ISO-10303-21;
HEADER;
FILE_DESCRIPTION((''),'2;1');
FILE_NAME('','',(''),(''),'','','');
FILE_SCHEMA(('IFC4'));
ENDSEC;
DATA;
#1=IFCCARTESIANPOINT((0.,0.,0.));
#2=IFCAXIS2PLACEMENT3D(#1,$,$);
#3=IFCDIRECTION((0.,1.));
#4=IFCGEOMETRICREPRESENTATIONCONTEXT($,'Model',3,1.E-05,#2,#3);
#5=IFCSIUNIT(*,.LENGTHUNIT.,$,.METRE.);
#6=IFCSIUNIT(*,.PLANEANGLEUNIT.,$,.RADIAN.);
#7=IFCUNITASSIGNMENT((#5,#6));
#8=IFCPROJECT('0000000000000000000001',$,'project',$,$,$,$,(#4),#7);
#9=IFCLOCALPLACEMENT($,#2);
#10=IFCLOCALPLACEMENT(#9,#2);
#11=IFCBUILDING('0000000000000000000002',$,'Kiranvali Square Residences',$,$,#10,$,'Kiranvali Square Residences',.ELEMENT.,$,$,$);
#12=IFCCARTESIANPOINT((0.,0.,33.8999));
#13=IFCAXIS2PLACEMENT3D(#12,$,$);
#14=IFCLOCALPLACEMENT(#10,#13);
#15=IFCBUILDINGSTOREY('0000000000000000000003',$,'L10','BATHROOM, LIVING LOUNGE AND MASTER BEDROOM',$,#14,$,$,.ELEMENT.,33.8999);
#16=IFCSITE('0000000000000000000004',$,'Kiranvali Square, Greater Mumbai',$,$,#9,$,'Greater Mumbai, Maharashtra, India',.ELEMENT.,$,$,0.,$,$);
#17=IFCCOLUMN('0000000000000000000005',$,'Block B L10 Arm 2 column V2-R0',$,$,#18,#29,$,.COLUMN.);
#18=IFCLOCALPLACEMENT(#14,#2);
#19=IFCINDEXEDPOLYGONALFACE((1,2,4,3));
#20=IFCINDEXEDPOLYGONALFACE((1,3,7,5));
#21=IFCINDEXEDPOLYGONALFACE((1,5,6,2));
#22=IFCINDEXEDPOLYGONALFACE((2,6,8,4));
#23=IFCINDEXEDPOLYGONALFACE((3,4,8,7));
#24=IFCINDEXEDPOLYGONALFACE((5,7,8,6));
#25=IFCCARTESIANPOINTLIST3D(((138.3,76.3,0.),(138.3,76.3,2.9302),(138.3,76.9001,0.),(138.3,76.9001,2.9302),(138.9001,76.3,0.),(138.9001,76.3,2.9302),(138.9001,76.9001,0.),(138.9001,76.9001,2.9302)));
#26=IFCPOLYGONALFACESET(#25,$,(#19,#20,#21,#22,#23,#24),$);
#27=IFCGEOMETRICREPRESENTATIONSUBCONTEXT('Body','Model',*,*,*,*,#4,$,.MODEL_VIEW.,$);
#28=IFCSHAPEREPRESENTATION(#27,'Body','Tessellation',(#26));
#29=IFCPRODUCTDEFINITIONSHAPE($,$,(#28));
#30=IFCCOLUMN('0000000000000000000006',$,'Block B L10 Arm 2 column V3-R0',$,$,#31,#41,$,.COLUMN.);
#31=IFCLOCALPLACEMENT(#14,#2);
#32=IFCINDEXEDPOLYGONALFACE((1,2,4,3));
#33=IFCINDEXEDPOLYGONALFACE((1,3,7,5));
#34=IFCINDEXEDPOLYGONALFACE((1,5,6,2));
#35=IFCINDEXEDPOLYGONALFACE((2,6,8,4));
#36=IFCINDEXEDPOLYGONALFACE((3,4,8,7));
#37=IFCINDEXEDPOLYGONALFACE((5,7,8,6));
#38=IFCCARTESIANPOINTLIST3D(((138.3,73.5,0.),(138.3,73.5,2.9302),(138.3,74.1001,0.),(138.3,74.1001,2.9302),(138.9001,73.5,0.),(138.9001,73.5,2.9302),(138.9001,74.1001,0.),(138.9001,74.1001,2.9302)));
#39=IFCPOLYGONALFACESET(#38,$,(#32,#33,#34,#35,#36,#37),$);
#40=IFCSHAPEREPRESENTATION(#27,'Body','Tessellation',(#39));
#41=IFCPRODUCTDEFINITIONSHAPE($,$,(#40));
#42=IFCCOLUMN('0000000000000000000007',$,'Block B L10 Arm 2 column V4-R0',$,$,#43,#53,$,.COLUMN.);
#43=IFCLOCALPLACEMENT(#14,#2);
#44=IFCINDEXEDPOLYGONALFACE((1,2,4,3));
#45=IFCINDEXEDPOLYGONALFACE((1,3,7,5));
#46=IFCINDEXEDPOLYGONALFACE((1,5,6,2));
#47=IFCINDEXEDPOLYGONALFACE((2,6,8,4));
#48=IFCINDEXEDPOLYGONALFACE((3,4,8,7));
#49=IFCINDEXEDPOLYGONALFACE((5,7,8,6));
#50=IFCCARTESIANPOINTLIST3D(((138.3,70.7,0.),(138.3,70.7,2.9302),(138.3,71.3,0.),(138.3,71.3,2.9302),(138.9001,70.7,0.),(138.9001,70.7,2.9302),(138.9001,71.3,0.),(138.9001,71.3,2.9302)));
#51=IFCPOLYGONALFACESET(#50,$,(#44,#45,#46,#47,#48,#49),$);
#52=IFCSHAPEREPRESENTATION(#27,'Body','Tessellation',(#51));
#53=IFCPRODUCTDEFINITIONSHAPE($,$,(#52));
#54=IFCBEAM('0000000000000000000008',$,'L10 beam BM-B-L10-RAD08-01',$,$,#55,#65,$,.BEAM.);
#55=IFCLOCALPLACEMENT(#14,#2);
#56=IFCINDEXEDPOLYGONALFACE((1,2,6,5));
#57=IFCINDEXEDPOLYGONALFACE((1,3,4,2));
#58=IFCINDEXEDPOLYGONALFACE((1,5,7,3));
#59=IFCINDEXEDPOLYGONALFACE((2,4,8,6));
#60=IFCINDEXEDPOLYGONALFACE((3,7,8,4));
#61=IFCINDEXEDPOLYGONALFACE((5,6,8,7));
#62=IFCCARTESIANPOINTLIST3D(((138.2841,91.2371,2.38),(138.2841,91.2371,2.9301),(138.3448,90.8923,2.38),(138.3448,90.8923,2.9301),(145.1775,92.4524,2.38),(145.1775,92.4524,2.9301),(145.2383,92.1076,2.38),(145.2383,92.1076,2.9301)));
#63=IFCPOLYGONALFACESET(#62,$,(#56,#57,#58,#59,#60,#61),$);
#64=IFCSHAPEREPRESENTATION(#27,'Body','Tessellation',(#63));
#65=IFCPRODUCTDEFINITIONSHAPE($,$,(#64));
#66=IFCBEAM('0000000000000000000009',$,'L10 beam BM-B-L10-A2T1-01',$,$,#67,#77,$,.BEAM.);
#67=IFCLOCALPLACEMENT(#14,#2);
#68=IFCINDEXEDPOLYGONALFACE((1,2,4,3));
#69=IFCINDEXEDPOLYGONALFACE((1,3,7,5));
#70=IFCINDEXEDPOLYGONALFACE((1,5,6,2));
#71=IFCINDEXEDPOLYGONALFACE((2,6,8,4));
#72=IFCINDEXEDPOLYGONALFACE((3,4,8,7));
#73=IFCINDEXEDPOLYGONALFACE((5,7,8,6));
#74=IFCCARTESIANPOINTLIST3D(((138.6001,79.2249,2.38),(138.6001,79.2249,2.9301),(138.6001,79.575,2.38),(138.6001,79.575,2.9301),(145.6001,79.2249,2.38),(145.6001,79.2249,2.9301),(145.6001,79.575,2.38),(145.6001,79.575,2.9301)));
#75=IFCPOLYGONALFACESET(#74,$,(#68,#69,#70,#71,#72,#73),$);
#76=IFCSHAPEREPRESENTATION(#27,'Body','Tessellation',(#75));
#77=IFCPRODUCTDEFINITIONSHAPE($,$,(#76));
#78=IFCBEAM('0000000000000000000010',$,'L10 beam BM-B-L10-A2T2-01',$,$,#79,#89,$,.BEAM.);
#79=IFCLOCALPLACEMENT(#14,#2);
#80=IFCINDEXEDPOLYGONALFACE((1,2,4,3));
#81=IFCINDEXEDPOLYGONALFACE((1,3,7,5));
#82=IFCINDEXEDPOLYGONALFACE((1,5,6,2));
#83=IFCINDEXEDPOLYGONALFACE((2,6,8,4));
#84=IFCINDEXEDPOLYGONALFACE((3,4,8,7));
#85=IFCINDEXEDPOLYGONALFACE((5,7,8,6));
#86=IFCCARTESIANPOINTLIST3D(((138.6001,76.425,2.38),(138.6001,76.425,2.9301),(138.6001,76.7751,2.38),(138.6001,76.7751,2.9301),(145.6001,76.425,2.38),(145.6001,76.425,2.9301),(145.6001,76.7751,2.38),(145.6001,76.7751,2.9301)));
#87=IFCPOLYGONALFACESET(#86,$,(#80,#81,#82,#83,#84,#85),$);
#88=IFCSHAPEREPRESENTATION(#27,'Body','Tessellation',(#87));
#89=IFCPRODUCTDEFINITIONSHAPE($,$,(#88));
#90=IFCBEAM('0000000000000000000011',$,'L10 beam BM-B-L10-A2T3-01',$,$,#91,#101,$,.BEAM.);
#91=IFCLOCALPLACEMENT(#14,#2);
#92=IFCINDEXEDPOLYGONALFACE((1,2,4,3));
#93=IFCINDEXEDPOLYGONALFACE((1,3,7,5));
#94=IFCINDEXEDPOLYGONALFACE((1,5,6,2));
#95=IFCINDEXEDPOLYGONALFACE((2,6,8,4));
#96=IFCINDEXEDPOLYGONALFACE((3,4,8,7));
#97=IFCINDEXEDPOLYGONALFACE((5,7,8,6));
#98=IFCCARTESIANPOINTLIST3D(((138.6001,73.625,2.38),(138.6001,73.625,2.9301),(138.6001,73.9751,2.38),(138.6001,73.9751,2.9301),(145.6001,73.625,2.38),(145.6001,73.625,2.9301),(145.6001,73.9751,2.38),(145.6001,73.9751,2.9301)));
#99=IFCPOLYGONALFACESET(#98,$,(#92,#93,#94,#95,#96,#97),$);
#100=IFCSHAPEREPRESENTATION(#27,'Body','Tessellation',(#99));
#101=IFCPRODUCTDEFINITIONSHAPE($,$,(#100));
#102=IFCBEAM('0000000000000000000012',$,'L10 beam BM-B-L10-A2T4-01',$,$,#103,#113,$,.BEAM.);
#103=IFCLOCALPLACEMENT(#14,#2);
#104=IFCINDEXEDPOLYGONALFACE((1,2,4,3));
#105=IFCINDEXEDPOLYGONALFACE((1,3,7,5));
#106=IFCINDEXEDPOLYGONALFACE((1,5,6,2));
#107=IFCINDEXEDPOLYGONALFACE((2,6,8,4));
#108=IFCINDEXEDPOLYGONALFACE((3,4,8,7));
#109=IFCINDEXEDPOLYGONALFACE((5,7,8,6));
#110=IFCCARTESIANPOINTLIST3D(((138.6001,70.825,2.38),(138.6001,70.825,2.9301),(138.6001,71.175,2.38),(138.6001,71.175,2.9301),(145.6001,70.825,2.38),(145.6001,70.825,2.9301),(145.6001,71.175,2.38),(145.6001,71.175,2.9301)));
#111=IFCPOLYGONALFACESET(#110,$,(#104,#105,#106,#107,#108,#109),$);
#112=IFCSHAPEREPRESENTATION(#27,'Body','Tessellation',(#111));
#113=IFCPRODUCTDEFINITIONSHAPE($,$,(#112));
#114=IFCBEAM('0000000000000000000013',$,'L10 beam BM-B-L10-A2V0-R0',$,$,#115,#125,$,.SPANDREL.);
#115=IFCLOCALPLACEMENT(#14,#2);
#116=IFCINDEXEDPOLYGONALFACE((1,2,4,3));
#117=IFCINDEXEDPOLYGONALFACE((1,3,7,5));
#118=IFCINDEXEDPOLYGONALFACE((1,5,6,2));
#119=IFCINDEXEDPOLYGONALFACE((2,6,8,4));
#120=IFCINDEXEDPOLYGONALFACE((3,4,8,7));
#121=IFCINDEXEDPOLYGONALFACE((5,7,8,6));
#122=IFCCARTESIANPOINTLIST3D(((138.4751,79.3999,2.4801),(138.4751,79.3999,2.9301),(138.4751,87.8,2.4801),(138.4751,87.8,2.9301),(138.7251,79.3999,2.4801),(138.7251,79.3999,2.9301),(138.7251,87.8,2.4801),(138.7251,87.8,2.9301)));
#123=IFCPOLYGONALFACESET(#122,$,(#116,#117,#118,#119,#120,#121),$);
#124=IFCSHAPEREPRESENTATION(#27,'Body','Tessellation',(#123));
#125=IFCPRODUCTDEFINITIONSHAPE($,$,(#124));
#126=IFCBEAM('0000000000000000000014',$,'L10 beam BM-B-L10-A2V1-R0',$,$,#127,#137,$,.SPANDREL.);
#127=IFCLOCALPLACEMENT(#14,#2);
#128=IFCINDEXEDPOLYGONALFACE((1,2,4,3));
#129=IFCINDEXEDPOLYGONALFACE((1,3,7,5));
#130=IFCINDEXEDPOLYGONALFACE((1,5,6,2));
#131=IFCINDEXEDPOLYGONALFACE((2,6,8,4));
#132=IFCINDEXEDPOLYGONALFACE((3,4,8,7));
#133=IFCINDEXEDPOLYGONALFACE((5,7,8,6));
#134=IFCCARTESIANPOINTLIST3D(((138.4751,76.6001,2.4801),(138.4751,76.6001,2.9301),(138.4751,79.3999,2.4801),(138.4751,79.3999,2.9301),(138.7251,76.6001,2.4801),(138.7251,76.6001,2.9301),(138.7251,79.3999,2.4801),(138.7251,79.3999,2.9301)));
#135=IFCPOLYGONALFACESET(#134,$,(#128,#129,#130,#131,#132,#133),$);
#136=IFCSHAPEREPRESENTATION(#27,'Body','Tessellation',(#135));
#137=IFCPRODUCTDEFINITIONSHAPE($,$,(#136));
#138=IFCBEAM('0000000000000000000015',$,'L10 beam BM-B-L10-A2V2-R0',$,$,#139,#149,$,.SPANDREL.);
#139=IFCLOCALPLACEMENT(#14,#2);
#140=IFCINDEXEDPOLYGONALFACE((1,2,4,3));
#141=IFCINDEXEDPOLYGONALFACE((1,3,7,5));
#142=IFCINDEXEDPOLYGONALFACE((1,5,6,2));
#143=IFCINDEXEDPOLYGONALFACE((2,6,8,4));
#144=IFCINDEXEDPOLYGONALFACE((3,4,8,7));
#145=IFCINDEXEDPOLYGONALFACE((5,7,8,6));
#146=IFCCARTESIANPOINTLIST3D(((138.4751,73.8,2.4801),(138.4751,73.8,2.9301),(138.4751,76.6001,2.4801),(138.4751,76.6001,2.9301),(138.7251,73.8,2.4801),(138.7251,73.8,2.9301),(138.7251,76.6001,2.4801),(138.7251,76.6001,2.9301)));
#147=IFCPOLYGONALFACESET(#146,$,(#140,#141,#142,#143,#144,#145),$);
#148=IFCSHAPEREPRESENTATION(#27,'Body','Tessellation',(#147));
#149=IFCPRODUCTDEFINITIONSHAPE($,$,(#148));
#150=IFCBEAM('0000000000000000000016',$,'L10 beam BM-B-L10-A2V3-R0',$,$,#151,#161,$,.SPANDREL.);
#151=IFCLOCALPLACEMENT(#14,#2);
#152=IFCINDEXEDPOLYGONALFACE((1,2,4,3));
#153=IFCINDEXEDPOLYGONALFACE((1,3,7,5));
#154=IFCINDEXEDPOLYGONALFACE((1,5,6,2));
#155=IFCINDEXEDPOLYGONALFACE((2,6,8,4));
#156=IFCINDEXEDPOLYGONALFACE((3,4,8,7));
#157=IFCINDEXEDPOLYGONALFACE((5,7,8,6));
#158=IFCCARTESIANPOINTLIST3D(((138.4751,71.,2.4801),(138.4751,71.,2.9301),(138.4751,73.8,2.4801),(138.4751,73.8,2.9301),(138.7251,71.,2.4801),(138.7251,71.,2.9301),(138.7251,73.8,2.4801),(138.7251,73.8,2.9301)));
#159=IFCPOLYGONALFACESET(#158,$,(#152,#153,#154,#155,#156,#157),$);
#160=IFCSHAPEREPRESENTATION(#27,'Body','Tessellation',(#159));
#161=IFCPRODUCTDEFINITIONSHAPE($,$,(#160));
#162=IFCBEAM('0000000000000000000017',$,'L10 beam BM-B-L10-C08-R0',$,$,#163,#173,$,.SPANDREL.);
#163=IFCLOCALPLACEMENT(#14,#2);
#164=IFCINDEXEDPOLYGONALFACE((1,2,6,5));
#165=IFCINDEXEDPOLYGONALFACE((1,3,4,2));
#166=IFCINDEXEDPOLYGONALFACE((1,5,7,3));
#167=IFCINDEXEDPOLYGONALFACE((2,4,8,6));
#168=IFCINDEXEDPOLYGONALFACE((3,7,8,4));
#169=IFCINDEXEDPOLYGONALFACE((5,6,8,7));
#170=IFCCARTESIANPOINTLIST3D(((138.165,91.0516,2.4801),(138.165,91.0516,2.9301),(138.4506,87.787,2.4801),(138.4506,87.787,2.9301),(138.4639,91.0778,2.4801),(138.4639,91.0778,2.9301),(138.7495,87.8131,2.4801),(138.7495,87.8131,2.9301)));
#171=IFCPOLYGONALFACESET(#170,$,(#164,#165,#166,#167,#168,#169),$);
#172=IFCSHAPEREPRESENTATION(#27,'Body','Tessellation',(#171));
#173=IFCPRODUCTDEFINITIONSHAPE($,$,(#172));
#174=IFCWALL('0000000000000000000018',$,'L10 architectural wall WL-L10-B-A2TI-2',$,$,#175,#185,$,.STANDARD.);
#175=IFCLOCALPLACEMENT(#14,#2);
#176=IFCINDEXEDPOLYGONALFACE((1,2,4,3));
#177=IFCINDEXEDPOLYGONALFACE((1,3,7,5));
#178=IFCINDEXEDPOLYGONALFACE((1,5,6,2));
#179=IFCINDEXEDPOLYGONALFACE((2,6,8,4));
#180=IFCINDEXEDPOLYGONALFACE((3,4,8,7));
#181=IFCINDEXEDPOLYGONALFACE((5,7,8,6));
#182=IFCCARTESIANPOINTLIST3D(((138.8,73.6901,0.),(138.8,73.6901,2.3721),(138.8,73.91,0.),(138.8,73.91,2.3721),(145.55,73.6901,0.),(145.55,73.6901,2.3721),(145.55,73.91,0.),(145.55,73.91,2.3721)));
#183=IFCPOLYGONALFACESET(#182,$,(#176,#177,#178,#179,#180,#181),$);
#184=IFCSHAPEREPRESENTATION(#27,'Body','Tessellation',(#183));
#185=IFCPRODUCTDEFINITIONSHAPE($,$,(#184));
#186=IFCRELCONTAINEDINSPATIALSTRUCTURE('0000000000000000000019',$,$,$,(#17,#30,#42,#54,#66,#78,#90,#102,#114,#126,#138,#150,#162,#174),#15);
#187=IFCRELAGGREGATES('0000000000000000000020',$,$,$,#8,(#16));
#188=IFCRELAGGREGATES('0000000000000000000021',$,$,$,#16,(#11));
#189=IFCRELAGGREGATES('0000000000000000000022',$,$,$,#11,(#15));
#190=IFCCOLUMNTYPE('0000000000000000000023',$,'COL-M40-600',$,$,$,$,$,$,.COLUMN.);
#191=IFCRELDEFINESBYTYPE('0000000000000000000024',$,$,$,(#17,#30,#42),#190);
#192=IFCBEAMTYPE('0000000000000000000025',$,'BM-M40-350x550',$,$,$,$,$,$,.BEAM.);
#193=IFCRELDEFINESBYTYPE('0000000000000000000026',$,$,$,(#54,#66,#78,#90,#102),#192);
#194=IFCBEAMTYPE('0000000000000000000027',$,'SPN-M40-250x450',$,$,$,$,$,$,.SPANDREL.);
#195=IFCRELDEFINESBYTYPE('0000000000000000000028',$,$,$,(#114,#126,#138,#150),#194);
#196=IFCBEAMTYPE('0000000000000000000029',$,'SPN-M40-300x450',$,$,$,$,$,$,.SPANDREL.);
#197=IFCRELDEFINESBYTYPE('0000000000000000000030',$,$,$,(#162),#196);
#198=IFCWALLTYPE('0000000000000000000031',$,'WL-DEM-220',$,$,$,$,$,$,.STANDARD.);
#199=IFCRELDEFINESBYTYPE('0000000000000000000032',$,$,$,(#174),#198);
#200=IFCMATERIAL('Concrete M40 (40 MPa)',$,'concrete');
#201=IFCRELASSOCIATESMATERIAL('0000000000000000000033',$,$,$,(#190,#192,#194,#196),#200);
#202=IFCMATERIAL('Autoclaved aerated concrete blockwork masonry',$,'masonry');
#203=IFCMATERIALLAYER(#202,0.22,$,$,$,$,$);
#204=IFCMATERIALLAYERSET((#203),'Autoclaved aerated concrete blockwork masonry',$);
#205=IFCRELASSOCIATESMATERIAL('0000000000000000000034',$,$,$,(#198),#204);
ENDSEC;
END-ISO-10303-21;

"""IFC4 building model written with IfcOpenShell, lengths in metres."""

from ifc_helpers import new_model, si_unit, direction, frame, frame_2d, origin, origin_2d, place, context, subcontext, project, spatial, rectangle, extrude, material, layer, layer_set, material_profile, profile_set, type_object, element, save


model = new_model("IFC4")

# Units and contexts
model_context = context("Model", 3, precision=1e-05, world=origin(), true_north=direction((0.0, 1.0)))
body_context = subcontext(model_context, "Body", "Model", "MODEL_VIEW")
ifc_project = project(units=[si_unit("LENGTHUNIT", "METRE"), si_unit("PLANEANGLEUNIT", "RADIAN")], contexts=[model_context])

# Site, building, storey
site_placement = place(None, origin())
site = spatial("IfcSite", under=ifc_project, at=site_placement, Name="Kiranvali Square, Greater Mumbai", LongName="Greater Mumbai, Maharashtra, India", CompositionType="ELEMENT", RefElevation=0.0)
building_placement = place(site_placement, origin())
building = spatial("IfcBuilding", under=site, at=building_placement, Name="Kiranvali Square Residences", LongName="Kiranvali Square Residences", CompositionType="ELEMENT")
storey_placement = place(building_placement, frame((0.0, 0.0, 33.8999)))
storey = spatial("IfcBuildingStorey", under=building, at=storey_placement, Name="L10", Description="BATHROOM, LIVING LOUNGE AND MASTER BEDROOM", CompositionType="ELEMENT", Elevation=33.8999)

# Columns
ifc_material_1 = material(Name="Concrete M40 (40 MPa)", Category="concrete")
ifc_material_profile_1 = material_profile(ifc_material_1, rectangle(XDim=0.6001, YDim=0.6001, at=origin_2d()), Name="RC 600x600")
ifc_profile_set_1 = profile_set([ifc_material_profile_1], Name="Concrete M40 (40 MPa)")
column_type = type_object("IfcColumnType", Name="COL-M40-600", PredefinedType="COLUMN", material=ifc_profile_set_1)
for number, where, z_axis, x_axis, name in (
    (1, (138.6001, 76.6001, 0.0), (0.0, 0.0, 1.0), (1.0, 0.0, 0.0), "Block B L10 Arm 2 column V2-R0"),
    (2, (138.6001, 73.8, 0.0), (0.0, 0.0, 1.0), (1.0, 0.0, 0.0), "Block B L10 Arm 2 column V3-R0"),
    (3, (138.6001, 71.0, 0.0), (0.0, 0.0, 1.0), (1.0, 0.0, 0.0), "Block B L10 Arm 2 column V4-R0"),
):
    element("IfcColumn", number, at=place(storey_placement, frame(where, z_axis=z_axis, x_axis=x_axis)), inside=storey, type_object=column_type, Name=name, PredefinedType="COLUMN", context=body_context, shape_type="SweptSolid", body=[
        extrude(rectangle(XDim=0.6001, YDim=0.6001, at=origin_2d()), origin(), (0.0, 0.0, 1.0), 2.9302),
    ])

# Beams
ifc_material_profile_2 = material_profile(ifc_material_1, rectangle(XDim=0.3501, YDim=0.55, at=origin_2d()), Name="RC 350x550")
ifc_profile_set_2 = profile_set([ifc_material_profile_2], Name="Concrete M40 (40 MPa)")
beam_type_1 = type_object("IfcBeamType", Name="BM-M40-350x550", PredefinedType="BEAM", material=ifc_profile_set_2)
beam_1_placement = place(storey_placement, frame((138.3145, 91.0647, 2.655), z_axis=(0.984812, 0.173622, 0.0), x_axis=(-0.173622, 0.984812, 0.0)))
element("IfcBeam", 4, at=beam_1_placement, inside=storey, type_object=beam_type_1, Name="L10 beam BM-B-L10-RAD08-01", PredefinedType="BEAM", context=body_context, shape_type="SweptSolid", body=[
    extrude(rectangle(XDim=0.3501, YDim=0.55, at=origin_2d()), origin(), (0.0, 0.0, 1.0), 6.9998),
])
for number, where, z_axis, x_axis, name in (
    (5, (138.6001, 79.3999, 2.655), (1.0, 0.0, 0.0), (0.0, 1.0, 0.0), "L10 beam BM-B-L10-A2T1-01"),
    (6, (138.6001, 76.6001, 2.655), (1.0, 0.0, 0.0), (0.0, 1.0, 0.0), "L10 beam BM-B-L10-A2T2-01"),
    (7, (138.6001, 73.8, 2.655), (1.0, 0.0, 0.0), (0.0, 1.0, 0.0), "L10 beam BM-B-L10-A2T3-01"),
    (8, (138.6001, 71.0, 2.655), (1.0, 0.0, 0.0), (0.0, 1.0, 0.0), "L10 beam BM-B-L10-A2T4-01"),
):
    element("IfcBeam", number, at=place(storey_placement, frame(where, z_axis=z_axis, x_axis=x_axis)), inside=storey, type_object=beam_type_1, Name=name, PredefinedType="BEAM", context=body_context, shape_type="SweptSolid", body=[
        extrude(rectangle(XDim=0.3501, YDim=0.55, at=origin_2d()), origin(), (0.0, 0.0, 1.0), 7.0),
    ])
ifc_material_profile_3 = material_profile(ifc_material_1, rectangle(XDim=0.25, YDim=0.45, at=origin_2d()), Name="RC 250x450")
ifc_profile_set_3 = profile_set([ifc_material_profile_3], Name="Concrete M40 (40 MPa)")
beam_type_2 = type_object("IfcBeamType", Name="SPN-M40-250x450", PredefinedType="SPANDREL", material=ifc_profile_set_3)
beam_2_placement = place(storey_placement, frame((138.6001, 87.8, 2.7051), z_axis=(0.0, -1.0, 0.0), x_axis=(1.0, 0.0, 0.0)))
element("IfcBeam", 9, at=beam_2_placement, inside=storey, type_object=beam_type_2, Name="L10 beam BM-B-L10-A2V0-R0", PredefinedType="SPANDREL", context=body_context, shape_type="SweptSolid", body=[
    extrude(rectangle(XDim=0.25, YDim=0.45, at=origin_2d()), origin(), (0.0, 0.0, 1.0), 8.4001),
])
beam_3_placement = place(storey_placement, frame((138.6001, 79.3999, 2.7051), z_axis=(0.0, -1.0, 0.0), x_axis=(1.0, 0.0, 0.0)))
element("IfcBeam", 10, at=beam_3_placement, inside=storey, type_object=beam_type_2, Name="L10 beam BM-B-L10-A2V1-R0", PredefinedType="SPANDREL", context=body_context, shape_type="SweptSolid", body=[
    extrude(rectangle(XDim=0.25, YDim=0.45, at=origin_2d()), origin(), (0.0, 0.0, 1.0), 2.7998),
])
for number, where, z_axis, x_axis, name in (
    (11, (138.6001, 76.6001, 2.7051), (0.0, -1.0, 0.0), (1.0, 0.0, 0.0), "L10 beam BM-B-L10-A2V2-R0"),
    (12, (138.6001, 73.8, 2.7051), (0.0, -1.0, 0.0), (1.0, 0.0, 0.0), "L10 beam BM-B-L10-A2V3-R0"),
):
    element("IfcBeam", number, at=place(storey_placement, frame(where, z_axis=z_axis, x_axis=x_axis)), inside=storey, type_object=beam_type_2, Name=name, PredefinedType="SPANDREL", context=body_context, shape_type="SweptSolid", body=[
        extrude(rectangle(XDim=0.25, YDim=0.45, at=origin_2d()), origin(), (0.0, 0.0, 1.0), 2.8),
    ])
ifc_material_profile_4 = material_profile(ifc_material_1, rectangle(XDim=0.3, YDim=0.45, at=origin_2d()), Name="RC 300x450")
ifc_profile_set_4 = profile_set([ifc_material_profile_4], Name="Concrete M40 (40 MPa)")
beam_type_3 = type_object("IfcBeamType", Name="SPN-M40-300x450", PredefinedType="SPANDREL", material=ifc_profile_set_4)
beam_4_placement = place(storey_placement, frame((138.3145, 91.0647, 2.7051), z_axis=(0.087163, -0.996194, 0.0), x_axis=(0.996194, 0.087163, 0.0)))
element("IfcBeam", 13, at=beam_4_placement, inside=storey, type_object=beam_type_3, Name="L10 beam BM-B-L10-C08-R0", PredefinedType="SPANDREL", context=body_context, shape_type="SweptSolid", body=[
    extrude(rectangle(XDim=0.3, YDim=0.45, at=origin_2d()), origin(), (0.0, 0.0, 1.0), 3.2771),
])

# Wall
ifc_material_2 = material(Name="Autoclaved aerated concrete blockwork masonry", Category="masonry")
ifc_layer_1 = layer(ifc_material_2, 0.22)
ifc_layer_set_1 = layer_set([ifc_layer_1], Name="Autoclaved aerated concrete blockwork masonry")
wall_type_1 = type_object("IfcWallType", Name="WL-DEM-220", PredefinedType="STANDARD", material=ifc_layer_set_1)
wall_1_placement = place(storey_placement, frame((138.8, 73.8, 0.0), z_axis=(0.0, 0.0, 1.0), x_axis=(1.0, 0.0, 0.0)))
element("IfcWall", 14, at=wall_1_placement, inside=storey, type_object=wall_type_1, Name="L10 architectural wall WL-L10-B-A2TI-2", PredefinedType="STANDARD", context=body_context, shape_type="SweptSolid", body=[
    extrude(rectangle(XDim=6.75, YDim=0.22, at=frame_2d((3.375, 0.0))), origin(), (0.0, 0.0, 1.0), 2.3721),
])

save(model, "model.ifc")
